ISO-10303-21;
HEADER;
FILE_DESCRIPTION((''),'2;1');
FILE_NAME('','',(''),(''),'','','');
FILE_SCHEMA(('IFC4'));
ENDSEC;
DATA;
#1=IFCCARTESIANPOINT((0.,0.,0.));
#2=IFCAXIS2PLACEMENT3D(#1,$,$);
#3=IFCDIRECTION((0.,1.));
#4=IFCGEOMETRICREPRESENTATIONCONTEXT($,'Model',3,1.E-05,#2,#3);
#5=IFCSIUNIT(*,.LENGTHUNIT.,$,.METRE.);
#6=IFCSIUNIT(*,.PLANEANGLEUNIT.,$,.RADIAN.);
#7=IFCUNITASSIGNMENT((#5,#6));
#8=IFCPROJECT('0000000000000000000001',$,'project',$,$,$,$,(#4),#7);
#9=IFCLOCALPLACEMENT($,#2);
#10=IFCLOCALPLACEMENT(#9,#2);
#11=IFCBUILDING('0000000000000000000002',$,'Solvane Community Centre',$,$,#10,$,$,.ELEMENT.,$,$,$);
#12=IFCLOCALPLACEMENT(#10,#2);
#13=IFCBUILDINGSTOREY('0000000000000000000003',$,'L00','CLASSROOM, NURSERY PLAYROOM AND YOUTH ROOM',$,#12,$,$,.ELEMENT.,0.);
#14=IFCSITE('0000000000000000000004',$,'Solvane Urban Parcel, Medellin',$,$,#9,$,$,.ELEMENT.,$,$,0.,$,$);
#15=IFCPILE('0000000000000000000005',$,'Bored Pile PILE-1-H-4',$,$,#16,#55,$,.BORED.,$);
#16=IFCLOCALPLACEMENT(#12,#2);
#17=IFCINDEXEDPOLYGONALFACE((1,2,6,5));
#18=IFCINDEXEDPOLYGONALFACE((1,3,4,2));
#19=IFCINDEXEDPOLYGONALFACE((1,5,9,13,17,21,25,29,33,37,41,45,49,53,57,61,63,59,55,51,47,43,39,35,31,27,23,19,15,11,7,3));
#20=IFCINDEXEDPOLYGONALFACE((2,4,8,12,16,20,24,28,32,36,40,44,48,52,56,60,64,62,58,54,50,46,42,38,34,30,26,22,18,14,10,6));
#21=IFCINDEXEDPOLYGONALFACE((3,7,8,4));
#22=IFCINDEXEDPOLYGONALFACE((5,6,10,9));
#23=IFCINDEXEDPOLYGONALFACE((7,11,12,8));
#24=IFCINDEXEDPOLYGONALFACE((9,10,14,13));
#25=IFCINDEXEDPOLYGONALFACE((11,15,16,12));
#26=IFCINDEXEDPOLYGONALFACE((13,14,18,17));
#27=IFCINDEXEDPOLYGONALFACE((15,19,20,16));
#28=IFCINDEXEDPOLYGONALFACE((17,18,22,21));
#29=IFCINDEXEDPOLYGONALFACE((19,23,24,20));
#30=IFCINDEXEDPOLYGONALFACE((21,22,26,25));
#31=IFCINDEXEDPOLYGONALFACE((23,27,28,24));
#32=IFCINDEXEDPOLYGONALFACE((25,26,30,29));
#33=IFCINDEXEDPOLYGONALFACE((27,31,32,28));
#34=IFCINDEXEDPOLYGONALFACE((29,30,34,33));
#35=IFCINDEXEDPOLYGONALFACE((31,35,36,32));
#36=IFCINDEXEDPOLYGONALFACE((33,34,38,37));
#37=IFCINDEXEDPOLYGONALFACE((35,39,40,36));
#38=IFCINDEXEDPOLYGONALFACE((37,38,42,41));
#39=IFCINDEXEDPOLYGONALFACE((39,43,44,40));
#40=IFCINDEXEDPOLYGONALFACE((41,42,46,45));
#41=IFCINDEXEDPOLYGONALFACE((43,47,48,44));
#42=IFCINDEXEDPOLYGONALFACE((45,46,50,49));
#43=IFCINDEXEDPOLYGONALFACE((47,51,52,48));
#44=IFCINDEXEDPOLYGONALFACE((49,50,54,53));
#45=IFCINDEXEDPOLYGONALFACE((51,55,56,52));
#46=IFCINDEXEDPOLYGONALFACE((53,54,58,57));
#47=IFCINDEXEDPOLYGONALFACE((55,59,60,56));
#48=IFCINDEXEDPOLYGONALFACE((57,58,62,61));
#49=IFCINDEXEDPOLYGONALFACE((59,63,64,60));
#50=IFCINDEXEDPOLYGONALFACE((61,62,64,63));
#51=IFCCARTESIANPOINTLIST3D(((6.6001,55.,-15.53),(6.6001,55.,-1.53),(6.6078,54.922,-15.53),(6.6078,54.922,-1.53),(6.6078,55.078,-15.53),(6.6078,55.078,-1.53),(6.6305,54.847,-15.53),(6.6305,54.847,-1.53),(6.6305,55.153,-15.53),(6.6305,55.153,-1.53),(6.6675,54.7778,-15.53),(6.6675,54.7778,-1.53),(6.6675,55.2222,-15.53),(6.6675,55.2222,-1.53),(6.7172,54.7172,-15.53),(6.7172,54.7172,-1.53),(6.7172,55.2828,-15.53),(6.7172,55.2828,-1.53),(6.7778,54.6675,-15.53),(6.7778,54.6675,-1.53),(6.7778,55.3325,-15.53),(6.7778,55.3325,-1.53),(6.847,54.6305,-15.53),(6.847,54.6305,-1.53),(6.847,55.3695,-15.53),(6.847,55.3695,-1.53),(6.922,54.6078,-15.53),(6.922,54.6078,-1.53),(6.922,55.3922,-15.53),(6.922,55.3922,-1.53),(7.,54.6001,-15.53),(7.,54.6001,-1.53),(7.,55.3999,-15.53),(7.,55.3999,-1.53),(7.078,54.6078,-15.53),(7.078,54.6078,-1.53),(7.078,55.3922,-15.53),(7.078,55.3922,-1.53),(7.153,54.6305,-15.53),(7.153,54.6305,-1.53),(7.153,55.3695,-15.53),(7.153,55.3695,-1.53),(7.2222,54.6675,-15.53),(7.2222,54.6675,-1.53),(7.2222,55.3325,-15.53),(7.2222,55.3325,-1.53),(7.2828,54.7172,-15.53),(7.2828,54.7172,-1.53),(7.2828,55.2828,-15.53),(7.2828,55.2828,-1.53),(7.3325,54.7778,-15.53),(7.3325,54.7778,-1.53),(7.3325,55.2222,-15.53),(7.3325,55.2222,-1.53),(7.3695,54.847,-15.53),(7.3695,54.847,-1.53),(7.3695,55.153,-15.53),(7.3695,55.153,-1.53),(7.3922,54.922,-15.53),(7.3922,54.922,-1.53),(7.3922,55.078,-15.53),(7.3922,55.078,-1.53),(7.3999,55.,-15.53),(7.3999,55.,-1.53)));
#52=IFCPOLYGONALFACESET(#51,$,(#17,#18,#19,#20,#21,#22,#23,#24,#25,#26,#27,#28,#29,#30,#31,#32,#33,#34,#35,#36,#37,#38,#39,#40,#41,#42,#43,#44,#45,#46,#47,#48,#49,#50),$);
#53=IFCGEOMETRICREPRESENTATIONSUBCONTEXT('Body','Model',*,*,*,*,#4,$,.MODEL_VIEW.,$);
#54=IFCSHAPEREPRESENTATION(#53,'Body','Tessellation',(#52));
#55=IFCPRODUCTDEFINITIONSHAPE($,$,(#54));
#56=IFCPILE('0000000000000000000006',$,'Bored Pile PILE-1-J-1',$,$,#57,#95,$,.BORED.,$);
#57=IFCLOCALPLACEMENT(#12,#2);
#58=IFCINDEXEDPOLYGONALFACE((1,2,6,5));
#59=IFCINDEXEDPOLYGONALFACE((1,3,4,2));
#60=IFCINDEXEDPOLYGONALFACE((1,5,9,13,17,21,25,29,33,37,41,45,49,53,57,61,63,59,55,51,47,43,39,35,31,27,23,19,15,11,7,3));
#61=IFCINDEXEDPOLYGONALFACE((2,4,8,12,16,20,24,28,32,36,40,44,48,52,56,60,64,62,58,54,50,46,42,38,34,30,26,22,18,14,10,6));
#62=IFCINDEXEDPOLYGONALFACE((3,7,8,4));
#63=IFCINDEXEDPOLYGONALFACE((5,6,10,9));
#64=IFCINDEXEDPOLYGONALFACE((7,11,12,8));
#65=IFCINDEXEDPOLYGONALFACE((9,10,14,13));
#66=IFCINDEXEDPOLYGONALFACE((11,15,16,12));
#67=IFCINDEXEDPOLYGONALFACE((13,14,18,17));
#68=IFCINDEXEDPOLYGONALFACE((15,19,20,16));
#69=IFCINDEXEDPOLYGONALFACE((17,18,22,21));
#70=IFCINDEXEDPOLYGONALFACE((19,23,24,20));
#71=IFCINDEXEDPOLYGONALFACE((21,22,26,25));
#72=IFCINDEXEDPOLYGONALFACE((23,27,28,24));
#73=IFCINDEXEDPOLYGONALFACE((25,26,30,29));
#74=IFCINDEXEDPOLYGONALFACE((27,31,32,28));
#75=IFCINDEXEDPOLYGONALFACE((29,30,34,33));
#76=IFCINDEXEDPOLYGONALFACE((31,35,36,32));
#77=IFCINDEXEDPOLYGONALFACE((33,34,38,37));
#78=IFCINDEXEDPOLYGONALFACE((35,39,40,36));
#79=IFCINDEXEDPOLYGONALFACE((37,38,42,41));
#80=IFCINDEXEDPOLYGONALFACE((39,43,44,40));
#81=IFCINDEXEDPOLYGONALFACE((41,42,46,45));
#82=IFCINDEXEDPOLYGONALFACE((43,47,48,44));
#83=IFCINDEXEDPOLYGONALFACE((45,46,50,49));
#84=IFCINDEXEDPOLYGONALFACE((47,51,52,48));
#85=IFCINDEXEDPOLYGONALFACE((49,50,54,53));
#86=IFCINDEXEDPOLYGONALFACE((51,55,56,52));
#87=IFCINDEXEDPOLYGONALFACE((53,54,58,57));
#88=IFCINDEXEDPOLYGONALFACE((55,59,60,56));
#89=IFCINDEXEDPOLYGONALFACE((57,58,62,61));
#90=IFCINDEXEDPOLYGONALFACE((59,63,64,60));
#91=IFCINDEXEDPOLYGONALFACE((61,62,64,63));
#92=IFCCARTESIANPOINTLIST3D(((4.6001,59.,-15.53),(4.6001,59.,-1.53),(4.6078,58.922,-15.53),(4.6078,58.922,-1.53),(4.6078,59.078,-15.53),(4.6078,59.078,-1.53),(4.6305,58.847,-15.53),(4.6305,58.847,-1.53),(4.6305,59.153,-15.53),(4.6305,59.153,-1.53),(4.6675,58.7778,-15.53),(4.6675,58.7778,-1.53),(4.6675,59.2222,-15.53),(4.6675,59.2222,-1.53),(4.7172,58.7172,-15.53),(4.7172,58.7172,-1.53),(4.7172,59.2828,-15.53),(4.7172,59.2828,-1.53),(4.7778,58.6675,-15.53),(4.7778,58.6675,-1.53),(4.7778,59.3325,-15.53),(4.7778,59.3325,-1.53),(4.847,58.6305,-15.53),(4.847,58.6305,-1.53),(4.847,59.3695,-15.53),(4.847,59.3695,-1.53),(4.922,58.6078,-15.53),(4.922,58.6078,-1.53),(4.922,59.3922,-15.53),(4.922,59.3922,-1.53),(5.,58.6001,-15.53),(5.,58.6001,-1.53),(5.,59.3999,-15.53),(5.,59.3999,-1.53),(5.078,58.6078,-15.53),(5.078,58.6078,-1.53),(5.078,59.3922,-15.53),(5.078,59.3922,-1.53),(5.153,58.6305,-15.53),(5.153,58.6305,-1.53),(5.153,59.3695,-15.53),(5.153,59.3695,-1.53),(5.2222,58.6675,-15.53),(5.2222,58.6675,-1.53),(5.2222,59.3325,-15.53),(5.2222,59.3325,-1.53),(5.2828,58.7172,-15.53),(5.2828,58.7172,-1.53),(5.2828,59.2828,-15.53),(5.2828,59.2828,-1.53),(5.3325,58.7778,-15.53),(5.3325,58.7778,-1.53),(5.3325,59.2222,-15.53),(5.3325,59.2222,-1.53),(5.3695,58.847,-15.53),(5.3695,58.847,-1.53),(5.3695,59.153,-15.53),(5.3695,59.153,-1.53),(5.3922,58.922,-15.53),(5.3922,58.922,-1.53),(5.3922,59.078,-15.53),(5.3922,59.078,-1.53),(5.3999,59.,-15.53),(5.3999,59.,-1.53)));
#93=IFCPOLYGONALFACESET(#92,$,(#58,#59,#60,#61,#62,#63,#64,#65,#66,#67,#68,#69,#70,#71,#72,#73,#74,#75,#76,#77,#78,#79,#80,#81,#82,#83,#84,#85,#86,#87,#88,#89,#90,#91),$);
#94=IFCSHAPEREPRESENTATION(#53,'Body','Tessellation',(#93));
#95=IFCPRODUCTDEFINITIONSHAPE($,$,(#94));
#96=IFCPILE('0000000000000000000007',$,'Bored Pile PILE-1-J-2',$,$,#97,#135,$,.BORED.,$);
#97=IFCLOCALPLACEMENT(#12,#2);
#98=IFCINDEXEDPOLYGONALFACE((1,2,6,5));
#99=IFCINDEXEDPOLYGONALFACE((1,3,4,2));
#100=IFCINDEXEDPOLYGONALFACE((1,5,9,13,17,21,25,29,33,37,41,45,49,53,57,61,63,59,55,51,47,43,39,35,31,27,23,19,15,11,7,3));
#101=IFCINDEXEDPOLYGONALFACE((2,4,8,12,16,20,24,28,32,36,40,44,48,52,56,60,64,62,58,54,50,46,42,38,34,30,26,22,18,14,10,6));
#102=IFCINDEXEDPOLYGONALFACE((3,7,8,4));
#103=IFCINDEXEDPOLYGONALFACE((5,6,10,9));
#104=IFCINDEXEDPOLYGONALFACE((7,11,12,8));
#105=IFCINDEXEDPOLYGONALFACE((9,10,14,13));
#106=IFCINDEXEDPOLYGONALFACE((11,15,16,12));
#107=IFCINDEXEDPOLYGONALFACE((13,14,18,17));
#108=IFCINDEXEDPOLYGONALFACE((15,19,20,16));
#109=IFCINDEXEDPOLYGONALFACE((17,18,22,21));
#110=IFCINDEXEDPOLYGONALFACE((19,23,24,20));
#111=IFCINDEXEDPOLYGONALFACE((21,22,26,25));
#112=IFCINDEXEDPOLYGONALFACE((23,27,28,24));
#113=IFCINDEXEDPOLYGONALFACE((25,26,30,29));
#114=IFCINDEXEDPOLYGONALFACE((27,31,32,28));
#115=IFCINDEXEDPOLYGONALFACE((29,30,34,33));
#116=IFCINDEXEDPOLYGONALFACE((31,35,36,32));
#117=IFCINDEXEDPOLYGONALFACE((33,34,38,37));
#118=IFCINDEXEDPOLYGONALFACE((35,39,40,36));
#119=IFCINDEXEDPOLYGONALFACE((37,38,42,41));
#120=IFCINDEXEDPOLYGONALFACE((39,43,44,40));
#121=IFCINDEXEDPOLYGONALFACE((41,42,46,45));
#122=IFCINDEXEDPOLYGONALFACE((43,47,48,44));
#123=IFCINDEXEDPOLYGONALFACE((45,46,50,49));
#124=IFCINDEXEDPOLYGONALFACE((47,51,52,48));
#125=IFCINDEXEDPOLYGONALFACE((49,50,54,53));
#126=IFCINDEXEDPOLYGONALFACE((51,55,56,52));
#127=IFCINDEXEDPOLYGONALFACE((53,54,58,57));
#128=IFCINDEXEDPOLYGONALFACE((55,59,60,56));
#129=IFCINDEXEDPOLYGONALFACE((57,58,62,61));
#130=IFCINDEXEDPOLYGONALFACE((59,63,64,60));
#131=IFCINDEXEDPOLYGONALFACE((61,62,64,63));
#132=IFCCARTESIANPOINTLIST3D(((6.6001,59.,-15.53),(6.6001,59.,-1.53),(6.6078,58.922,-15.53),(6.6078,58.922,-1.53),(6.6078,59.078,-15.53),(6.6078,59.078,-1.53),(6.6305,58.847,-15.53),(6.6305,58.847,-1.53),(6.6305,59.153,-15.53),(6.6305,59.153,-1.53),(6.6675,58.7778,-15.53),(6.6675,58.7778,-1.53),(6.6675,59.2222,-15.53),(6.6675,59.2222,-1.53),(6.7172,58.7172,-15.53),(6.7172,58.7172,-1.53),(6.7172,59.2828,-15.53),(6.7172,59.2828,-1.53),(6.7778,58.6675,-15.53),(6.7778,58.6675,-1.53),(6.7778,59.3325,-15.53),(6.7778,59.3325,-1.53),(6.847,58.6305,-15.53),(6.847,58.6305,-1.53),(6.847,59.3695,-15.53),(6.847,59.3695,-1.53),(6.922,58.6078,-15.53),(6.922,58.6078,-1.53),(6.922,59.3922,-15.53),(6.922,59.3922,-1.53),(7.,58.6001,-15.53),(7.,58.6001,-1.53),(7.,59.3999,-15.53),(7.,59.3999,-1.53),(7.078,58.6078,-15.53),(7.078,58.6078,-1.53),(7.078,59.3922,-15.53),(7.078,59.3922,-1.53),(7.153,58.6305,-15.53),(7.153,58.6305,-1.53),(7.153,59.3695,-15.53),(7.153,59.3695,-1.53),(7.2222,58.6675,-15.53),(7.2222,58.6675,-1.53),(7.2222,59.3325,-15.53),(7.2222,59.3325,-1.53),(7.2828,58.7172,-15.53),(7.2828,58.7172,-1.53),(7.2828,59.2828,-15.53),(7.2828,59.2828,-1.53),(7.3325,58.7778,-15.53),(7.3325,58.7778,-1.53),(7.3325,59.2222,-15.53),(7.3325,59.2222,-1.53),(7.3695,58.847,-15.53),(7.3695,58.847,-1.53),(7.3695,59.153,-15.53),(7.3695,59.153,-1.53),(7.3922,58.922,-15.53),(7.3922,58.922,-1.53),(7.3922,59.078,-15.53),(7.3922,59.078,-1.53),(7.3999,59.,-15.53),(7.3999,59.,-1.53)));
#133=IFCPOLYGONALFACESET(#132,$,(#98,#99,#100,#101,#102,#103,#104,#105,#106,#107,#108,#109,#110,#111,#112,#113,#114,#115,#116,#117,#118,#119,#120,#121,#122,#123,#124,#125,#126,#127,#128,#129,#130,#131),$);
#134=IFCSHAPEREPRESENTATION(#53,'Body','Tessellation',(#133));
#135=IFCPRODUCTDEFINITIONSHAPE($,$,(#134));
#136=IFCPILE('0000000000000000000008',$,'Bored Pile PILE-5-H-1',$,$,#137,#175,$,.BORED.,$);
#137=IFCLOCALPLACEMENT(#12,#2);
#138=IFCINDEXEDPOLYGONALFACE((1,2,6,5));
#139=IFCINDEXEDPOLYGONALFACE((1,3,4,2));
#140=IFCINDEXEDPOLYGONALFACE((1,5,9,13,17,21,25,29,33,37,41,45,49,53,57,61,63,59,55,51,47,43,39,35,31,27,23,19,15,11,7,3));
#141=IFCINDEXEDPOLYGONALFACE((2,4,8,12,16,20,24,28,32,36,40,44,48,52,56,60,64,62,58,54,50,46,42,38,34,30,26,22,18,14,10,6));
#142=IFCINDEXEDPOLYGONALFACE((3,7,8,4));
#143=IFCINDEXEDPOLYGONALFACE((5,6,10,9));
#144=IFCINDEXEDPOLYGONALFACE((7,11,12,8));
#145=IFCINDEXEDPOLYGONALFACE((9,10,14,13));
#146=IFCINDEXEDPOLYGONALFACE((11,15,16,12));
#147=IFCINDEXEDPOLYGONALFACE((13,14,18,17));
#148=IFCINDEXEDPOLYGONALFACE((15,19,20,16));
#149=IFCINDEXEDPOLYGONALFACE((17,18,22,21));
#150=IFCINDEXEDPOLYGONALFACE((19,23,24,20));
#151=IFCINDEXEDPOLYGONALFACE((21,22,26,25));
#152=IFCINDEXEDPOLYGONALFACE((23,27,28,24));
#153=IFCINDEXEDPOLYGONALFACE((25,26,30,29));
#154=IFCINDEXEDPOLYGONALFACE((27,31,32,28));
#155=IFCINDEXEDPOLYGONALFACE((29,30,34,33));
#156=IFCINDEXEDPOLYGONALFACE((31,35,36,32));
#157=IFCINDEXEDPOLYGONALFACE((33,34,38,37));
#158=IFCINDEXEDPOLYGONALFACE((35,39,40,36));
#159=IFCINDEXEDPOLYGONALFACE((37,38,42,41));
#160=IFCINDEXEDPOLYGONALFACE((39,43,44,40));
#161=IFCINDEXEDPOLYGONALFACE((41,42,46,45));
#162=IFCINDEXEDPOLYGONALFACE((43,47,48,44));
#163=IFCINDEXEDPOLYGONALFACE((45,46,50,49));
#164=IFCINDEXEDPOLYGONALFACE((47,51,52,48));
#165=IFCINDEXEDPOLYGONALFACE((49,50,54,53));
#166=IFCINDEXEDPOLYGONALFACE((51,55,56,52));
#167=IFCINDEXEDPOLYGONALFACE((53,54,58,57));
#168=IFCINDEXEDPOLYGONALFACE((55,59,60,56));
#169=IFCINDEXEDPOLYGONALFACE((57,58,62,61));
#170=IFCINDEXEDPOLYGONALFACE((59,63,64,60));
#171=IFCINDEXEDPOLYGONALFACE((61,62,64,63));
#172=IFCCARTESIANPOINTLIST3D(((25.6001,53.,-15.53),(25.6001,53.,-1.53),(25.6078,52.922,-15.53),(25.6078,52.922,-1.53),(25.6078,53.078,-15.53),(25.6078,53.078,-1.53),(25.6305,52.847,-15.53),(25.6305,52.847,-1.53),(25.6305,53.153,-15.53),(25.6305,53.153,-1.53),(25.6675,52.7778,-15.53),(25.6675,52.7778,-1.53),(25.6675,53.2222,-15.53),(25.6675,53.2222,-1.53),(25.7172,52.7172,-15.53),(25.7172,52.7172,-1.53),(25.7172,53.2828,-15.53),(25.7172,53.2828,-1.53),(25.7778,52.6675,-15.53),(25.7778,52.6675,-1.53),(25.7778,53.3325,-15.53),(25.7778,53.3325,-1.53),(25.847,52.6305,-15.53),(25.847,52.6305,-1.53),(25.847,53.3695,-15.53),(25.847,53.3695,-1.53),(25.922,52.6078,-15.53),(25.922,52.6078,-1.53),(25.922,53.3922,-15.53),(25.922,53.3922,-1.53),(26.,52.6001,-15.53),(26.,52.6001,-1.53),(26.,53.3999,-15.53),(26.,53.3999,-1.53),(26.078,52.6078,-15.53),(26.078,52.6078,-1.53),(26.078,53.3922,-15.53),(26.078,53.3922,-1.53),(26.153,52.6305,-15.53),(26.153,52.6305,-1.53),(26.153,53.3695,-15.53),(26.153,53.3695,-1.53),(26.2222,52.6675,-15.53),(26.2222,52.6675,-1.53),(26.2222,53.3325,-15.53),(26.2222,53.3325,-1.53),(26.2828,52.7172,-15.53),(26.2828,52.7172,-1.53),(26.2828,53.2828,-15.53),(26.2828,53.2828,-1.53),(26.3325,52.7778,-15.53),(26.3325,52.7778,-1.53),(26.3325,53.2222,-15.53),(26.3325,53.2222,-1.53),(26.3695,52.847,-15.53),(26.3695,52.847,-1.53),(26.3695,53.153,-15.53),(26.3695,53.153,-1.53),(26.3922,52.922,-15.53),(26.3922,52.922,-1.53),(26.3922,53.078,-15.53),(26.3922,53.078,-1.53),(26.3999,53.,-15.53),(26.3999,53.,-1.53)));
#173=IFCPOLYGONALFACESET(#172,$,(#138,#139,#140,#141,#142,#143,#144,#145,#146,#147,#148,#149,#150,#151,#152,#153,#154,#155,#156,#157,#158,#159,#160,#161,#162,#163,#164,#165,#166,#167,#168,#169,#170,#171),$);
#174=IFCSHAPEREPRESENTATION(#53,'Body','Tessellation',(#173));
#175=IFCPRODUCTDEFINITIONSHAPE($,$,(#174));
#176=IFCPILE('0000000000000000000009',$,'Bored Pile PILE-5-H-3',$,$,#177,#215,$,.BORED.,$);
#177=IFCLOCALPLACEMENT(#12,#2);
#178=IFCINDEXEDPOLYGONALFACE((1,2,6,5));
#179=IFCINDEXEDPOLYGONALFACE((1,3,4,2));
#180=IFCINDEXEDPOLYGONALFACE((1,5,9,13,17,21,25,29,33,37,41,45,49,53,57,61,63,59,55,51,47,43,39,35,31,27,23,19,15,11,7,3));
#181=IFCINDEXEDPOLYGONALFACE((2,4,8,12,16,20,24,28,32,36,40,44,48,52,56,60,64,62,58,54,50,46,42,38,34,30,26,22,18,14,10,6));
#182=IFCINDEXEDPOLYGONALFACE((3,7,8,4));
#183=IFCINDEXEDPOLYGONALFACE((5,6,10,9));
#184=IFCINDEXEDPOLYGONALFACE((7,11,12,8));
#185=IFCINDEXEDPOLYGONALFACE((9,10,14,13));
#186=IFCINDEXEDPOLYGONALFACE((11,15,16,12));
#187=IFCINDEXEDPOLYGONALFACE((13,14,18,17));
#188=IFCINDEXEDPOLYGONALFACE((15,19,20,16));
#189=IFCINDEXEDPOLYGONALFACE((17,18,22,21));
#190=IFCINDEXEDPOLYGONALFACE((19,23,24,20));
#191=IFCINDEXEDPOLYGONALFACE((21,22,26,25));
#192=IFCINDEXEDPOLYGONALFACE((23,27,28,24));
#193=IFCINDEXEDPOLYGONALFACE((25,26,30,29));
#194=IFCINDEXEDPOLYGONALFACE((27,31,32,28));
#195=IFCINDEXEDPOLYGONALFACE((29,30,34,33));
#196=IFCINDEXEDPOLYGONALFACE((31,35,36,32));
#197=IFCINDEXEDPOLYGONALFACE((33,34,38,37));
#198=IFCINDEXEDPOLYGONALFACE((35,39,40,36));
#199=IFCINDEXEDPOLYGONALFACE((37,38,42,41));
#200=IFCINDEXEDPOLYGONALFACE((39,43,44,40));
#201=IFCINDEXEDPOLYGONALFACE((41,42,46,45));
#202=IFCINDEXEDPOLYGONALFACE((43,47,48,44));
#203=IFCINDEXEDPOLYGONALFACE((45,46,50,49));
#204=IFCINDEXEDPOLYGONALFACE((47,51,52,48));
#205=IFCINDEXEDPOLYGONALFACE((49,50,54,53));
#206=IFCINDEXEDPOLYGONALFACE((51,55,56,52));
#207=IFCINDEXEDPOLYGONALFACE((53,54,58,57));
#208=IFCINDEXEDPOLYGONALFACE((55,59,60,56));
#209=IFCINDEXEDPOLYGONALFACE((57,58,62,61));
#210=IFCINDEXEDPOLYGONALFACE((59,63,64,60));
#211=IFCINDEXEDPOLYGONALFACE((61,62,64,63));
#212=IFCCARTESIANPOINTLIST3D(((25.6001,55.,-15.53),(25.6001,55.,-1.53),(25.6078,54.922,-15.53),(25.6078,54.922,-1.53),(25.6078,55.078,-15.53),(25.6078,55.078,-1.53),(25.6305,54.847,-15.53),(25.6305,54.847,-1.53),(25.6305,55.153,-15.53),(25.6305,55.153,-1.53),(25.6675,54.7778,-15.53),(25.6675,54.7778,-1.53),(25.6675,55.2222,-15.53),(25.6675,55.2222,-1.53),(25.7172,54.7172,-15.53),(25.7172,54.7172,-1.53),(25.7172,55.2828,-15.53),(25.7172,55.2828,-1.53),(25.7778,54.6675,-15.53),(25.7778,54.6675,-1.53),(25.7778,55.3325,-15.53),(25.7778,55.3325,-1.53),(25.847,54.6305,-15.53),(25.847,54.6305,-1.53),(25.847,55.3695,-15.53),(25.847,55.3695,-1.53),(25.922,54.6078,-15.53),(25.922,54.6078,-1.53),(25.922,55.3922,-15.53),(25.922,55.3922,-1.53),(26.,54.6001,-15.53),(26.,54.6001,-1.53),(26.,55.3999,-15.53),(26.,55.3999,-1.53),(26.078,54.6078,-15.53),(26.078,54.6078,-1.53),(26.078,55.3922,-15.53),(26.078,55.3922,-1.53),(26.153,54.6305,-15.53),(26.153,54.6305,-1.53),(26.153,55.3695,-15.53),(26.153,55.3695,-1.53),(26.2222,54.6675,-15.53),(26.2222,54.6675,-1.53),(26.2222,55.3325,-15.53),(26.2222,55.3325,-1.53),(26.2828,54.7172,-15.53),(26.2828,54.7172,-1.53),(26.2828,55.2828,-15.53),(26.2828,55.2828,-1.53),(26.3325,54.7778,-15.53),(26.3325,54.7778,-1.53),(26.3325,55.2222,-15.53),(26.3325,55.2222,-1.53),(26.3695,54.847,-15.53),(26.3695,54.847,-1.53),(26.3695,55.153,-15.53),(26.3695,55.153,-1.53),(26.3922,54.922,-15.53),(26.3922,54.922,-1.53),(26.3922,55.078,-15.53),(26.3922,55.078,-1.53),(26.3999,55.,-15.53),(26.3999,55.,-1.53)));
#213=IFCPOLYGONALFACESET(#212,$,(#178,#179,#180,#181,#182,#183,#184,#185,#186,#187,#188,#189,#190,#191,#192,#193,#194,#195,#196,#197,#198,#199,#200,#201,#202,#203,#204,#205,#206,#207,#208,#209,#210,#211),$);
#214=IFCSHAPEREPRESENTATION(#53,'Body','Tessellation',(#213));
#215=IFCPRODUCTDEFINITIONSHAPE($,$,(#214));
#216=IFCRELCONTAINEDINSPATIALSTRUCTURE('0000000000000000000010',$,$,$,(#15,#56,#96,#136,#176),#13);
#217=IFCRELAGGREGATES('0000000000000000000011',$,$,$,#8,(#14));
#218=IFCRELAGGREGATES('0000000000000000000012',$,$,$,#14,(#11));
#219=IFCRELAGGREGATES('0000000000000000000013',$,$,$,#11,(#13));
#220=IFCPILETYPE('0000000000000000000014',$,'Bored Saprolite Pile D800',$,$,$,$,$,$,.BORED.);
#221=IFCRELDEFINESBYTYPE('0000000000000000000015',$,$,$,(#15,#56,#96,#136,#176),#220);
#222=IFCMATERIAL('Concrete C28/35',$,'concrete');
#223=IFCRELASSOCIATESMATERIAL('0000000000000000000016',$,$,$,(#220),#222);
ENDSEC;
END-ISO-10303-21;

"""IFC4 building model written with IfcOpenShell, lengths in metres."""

from ifc_helpers import new_model, si_unit, direction, frame, origin, origin_2d, place, context, subcontext, project, spatial, circle, extrude, material, material_profile, profile_set, type_object, element, save


model = new_model("IFC4")

# Units and contexts
model_context = context("Model", 3, precision=1e-05, world=origin(), true_north=direction((0.0, 1.0)))
body_context = subcontext(model_context, "Body", "Model", "MODEL_VIEW")
ifc_project = project(units=[si_unit("LENGTHUNIT", "METRE"), si_unit("PLANEANGLEUNIT", "RADIAN")], contexts=[model_context])

# Site, building, storey
site_placement = place(None, origin())
site = spatial("IfcSite", under=ifc_project, at=site_placement, Name="Solvane Urban Parcel, Medellin", CompositionType="ELEMENT", RefElevation=0.0)
building_placement = place(site_placement, origin())
building = spatial("IfcBuilding", under=site, at=building_placement, Name="Solvane Community Centre", CompositionType="ELEMENT")
storey_placement = place(building_placement, origin())
storey = spatial("IfcBuildingStorey", under=building, at=storey_placement, Name="L00", Description="CLASSROOM, NURSERY PLAYROOM AND YOUTH ROOM", CompositionType="ELEMENT", Elevation=0.0)

# Piles
ifc_material_1 = material(Name="Concrete C28/35", Category="concrete")
ifc_material_profile_1 = material_profile(ifc_material_1, circle(Radius=0.3999, at=origin_2d()), Name="PILE D800")
ifc_profile_set_1 = profile_set([ifc_material_profile_1], Name="Concrete C28/35")
pile_type = type_object("IfcPileType", Name="Bored Saprolite Pile D800", PredefinedType="BORED", material=ifc_profile_set_1)
for number, where, z_axis, x_axis, name in (
    (1, (7.0, 55.0, -1.53), (0.0, 0.0, -1.0), (1.0, 0.0, 0.0), "Bored Pile PILE-1-H-4"),
    (2, (5.0, 59.0, -1.53), (0.0, 0.0, -1.0), (1.0, 0.0, 0.0), "Bored Pile PILE-1-J-1"),
    (3, (7.0, 59.0, -1.53), (0.0, 0.0, -1.0), (1.0, 0.0, 0.0), "Bored Pile PILE-1-J-2"),
    (4, (26.0, 53.0, -1.53), (0.0, 0.0, -1.0), (1.0, 0.0, 0.0), "Bored Pile PILE-5-H-1"),
    (5, (26.0, 55.0, -1.53), (0.0, 0.0, -1.0), (1.0, 0.0, 0.0), "Bored Pile PILE-5-H-3"),
):
    element("IfcPile", number, at=place(storey_placement, frame(where, z_axis=z_axis, x_axis=x_axis)), inside=storey, type_object=pile_type, Name=name, PredefinedType="BORED", context=body_context, shape_type="SweptSolid", body=[
        extrude(circle(Radius=0.3999, at=origin_2d()), origin(), (0.0, 0.0, 1.0), 14.0),
    ])

save(model, "model.ifc")
